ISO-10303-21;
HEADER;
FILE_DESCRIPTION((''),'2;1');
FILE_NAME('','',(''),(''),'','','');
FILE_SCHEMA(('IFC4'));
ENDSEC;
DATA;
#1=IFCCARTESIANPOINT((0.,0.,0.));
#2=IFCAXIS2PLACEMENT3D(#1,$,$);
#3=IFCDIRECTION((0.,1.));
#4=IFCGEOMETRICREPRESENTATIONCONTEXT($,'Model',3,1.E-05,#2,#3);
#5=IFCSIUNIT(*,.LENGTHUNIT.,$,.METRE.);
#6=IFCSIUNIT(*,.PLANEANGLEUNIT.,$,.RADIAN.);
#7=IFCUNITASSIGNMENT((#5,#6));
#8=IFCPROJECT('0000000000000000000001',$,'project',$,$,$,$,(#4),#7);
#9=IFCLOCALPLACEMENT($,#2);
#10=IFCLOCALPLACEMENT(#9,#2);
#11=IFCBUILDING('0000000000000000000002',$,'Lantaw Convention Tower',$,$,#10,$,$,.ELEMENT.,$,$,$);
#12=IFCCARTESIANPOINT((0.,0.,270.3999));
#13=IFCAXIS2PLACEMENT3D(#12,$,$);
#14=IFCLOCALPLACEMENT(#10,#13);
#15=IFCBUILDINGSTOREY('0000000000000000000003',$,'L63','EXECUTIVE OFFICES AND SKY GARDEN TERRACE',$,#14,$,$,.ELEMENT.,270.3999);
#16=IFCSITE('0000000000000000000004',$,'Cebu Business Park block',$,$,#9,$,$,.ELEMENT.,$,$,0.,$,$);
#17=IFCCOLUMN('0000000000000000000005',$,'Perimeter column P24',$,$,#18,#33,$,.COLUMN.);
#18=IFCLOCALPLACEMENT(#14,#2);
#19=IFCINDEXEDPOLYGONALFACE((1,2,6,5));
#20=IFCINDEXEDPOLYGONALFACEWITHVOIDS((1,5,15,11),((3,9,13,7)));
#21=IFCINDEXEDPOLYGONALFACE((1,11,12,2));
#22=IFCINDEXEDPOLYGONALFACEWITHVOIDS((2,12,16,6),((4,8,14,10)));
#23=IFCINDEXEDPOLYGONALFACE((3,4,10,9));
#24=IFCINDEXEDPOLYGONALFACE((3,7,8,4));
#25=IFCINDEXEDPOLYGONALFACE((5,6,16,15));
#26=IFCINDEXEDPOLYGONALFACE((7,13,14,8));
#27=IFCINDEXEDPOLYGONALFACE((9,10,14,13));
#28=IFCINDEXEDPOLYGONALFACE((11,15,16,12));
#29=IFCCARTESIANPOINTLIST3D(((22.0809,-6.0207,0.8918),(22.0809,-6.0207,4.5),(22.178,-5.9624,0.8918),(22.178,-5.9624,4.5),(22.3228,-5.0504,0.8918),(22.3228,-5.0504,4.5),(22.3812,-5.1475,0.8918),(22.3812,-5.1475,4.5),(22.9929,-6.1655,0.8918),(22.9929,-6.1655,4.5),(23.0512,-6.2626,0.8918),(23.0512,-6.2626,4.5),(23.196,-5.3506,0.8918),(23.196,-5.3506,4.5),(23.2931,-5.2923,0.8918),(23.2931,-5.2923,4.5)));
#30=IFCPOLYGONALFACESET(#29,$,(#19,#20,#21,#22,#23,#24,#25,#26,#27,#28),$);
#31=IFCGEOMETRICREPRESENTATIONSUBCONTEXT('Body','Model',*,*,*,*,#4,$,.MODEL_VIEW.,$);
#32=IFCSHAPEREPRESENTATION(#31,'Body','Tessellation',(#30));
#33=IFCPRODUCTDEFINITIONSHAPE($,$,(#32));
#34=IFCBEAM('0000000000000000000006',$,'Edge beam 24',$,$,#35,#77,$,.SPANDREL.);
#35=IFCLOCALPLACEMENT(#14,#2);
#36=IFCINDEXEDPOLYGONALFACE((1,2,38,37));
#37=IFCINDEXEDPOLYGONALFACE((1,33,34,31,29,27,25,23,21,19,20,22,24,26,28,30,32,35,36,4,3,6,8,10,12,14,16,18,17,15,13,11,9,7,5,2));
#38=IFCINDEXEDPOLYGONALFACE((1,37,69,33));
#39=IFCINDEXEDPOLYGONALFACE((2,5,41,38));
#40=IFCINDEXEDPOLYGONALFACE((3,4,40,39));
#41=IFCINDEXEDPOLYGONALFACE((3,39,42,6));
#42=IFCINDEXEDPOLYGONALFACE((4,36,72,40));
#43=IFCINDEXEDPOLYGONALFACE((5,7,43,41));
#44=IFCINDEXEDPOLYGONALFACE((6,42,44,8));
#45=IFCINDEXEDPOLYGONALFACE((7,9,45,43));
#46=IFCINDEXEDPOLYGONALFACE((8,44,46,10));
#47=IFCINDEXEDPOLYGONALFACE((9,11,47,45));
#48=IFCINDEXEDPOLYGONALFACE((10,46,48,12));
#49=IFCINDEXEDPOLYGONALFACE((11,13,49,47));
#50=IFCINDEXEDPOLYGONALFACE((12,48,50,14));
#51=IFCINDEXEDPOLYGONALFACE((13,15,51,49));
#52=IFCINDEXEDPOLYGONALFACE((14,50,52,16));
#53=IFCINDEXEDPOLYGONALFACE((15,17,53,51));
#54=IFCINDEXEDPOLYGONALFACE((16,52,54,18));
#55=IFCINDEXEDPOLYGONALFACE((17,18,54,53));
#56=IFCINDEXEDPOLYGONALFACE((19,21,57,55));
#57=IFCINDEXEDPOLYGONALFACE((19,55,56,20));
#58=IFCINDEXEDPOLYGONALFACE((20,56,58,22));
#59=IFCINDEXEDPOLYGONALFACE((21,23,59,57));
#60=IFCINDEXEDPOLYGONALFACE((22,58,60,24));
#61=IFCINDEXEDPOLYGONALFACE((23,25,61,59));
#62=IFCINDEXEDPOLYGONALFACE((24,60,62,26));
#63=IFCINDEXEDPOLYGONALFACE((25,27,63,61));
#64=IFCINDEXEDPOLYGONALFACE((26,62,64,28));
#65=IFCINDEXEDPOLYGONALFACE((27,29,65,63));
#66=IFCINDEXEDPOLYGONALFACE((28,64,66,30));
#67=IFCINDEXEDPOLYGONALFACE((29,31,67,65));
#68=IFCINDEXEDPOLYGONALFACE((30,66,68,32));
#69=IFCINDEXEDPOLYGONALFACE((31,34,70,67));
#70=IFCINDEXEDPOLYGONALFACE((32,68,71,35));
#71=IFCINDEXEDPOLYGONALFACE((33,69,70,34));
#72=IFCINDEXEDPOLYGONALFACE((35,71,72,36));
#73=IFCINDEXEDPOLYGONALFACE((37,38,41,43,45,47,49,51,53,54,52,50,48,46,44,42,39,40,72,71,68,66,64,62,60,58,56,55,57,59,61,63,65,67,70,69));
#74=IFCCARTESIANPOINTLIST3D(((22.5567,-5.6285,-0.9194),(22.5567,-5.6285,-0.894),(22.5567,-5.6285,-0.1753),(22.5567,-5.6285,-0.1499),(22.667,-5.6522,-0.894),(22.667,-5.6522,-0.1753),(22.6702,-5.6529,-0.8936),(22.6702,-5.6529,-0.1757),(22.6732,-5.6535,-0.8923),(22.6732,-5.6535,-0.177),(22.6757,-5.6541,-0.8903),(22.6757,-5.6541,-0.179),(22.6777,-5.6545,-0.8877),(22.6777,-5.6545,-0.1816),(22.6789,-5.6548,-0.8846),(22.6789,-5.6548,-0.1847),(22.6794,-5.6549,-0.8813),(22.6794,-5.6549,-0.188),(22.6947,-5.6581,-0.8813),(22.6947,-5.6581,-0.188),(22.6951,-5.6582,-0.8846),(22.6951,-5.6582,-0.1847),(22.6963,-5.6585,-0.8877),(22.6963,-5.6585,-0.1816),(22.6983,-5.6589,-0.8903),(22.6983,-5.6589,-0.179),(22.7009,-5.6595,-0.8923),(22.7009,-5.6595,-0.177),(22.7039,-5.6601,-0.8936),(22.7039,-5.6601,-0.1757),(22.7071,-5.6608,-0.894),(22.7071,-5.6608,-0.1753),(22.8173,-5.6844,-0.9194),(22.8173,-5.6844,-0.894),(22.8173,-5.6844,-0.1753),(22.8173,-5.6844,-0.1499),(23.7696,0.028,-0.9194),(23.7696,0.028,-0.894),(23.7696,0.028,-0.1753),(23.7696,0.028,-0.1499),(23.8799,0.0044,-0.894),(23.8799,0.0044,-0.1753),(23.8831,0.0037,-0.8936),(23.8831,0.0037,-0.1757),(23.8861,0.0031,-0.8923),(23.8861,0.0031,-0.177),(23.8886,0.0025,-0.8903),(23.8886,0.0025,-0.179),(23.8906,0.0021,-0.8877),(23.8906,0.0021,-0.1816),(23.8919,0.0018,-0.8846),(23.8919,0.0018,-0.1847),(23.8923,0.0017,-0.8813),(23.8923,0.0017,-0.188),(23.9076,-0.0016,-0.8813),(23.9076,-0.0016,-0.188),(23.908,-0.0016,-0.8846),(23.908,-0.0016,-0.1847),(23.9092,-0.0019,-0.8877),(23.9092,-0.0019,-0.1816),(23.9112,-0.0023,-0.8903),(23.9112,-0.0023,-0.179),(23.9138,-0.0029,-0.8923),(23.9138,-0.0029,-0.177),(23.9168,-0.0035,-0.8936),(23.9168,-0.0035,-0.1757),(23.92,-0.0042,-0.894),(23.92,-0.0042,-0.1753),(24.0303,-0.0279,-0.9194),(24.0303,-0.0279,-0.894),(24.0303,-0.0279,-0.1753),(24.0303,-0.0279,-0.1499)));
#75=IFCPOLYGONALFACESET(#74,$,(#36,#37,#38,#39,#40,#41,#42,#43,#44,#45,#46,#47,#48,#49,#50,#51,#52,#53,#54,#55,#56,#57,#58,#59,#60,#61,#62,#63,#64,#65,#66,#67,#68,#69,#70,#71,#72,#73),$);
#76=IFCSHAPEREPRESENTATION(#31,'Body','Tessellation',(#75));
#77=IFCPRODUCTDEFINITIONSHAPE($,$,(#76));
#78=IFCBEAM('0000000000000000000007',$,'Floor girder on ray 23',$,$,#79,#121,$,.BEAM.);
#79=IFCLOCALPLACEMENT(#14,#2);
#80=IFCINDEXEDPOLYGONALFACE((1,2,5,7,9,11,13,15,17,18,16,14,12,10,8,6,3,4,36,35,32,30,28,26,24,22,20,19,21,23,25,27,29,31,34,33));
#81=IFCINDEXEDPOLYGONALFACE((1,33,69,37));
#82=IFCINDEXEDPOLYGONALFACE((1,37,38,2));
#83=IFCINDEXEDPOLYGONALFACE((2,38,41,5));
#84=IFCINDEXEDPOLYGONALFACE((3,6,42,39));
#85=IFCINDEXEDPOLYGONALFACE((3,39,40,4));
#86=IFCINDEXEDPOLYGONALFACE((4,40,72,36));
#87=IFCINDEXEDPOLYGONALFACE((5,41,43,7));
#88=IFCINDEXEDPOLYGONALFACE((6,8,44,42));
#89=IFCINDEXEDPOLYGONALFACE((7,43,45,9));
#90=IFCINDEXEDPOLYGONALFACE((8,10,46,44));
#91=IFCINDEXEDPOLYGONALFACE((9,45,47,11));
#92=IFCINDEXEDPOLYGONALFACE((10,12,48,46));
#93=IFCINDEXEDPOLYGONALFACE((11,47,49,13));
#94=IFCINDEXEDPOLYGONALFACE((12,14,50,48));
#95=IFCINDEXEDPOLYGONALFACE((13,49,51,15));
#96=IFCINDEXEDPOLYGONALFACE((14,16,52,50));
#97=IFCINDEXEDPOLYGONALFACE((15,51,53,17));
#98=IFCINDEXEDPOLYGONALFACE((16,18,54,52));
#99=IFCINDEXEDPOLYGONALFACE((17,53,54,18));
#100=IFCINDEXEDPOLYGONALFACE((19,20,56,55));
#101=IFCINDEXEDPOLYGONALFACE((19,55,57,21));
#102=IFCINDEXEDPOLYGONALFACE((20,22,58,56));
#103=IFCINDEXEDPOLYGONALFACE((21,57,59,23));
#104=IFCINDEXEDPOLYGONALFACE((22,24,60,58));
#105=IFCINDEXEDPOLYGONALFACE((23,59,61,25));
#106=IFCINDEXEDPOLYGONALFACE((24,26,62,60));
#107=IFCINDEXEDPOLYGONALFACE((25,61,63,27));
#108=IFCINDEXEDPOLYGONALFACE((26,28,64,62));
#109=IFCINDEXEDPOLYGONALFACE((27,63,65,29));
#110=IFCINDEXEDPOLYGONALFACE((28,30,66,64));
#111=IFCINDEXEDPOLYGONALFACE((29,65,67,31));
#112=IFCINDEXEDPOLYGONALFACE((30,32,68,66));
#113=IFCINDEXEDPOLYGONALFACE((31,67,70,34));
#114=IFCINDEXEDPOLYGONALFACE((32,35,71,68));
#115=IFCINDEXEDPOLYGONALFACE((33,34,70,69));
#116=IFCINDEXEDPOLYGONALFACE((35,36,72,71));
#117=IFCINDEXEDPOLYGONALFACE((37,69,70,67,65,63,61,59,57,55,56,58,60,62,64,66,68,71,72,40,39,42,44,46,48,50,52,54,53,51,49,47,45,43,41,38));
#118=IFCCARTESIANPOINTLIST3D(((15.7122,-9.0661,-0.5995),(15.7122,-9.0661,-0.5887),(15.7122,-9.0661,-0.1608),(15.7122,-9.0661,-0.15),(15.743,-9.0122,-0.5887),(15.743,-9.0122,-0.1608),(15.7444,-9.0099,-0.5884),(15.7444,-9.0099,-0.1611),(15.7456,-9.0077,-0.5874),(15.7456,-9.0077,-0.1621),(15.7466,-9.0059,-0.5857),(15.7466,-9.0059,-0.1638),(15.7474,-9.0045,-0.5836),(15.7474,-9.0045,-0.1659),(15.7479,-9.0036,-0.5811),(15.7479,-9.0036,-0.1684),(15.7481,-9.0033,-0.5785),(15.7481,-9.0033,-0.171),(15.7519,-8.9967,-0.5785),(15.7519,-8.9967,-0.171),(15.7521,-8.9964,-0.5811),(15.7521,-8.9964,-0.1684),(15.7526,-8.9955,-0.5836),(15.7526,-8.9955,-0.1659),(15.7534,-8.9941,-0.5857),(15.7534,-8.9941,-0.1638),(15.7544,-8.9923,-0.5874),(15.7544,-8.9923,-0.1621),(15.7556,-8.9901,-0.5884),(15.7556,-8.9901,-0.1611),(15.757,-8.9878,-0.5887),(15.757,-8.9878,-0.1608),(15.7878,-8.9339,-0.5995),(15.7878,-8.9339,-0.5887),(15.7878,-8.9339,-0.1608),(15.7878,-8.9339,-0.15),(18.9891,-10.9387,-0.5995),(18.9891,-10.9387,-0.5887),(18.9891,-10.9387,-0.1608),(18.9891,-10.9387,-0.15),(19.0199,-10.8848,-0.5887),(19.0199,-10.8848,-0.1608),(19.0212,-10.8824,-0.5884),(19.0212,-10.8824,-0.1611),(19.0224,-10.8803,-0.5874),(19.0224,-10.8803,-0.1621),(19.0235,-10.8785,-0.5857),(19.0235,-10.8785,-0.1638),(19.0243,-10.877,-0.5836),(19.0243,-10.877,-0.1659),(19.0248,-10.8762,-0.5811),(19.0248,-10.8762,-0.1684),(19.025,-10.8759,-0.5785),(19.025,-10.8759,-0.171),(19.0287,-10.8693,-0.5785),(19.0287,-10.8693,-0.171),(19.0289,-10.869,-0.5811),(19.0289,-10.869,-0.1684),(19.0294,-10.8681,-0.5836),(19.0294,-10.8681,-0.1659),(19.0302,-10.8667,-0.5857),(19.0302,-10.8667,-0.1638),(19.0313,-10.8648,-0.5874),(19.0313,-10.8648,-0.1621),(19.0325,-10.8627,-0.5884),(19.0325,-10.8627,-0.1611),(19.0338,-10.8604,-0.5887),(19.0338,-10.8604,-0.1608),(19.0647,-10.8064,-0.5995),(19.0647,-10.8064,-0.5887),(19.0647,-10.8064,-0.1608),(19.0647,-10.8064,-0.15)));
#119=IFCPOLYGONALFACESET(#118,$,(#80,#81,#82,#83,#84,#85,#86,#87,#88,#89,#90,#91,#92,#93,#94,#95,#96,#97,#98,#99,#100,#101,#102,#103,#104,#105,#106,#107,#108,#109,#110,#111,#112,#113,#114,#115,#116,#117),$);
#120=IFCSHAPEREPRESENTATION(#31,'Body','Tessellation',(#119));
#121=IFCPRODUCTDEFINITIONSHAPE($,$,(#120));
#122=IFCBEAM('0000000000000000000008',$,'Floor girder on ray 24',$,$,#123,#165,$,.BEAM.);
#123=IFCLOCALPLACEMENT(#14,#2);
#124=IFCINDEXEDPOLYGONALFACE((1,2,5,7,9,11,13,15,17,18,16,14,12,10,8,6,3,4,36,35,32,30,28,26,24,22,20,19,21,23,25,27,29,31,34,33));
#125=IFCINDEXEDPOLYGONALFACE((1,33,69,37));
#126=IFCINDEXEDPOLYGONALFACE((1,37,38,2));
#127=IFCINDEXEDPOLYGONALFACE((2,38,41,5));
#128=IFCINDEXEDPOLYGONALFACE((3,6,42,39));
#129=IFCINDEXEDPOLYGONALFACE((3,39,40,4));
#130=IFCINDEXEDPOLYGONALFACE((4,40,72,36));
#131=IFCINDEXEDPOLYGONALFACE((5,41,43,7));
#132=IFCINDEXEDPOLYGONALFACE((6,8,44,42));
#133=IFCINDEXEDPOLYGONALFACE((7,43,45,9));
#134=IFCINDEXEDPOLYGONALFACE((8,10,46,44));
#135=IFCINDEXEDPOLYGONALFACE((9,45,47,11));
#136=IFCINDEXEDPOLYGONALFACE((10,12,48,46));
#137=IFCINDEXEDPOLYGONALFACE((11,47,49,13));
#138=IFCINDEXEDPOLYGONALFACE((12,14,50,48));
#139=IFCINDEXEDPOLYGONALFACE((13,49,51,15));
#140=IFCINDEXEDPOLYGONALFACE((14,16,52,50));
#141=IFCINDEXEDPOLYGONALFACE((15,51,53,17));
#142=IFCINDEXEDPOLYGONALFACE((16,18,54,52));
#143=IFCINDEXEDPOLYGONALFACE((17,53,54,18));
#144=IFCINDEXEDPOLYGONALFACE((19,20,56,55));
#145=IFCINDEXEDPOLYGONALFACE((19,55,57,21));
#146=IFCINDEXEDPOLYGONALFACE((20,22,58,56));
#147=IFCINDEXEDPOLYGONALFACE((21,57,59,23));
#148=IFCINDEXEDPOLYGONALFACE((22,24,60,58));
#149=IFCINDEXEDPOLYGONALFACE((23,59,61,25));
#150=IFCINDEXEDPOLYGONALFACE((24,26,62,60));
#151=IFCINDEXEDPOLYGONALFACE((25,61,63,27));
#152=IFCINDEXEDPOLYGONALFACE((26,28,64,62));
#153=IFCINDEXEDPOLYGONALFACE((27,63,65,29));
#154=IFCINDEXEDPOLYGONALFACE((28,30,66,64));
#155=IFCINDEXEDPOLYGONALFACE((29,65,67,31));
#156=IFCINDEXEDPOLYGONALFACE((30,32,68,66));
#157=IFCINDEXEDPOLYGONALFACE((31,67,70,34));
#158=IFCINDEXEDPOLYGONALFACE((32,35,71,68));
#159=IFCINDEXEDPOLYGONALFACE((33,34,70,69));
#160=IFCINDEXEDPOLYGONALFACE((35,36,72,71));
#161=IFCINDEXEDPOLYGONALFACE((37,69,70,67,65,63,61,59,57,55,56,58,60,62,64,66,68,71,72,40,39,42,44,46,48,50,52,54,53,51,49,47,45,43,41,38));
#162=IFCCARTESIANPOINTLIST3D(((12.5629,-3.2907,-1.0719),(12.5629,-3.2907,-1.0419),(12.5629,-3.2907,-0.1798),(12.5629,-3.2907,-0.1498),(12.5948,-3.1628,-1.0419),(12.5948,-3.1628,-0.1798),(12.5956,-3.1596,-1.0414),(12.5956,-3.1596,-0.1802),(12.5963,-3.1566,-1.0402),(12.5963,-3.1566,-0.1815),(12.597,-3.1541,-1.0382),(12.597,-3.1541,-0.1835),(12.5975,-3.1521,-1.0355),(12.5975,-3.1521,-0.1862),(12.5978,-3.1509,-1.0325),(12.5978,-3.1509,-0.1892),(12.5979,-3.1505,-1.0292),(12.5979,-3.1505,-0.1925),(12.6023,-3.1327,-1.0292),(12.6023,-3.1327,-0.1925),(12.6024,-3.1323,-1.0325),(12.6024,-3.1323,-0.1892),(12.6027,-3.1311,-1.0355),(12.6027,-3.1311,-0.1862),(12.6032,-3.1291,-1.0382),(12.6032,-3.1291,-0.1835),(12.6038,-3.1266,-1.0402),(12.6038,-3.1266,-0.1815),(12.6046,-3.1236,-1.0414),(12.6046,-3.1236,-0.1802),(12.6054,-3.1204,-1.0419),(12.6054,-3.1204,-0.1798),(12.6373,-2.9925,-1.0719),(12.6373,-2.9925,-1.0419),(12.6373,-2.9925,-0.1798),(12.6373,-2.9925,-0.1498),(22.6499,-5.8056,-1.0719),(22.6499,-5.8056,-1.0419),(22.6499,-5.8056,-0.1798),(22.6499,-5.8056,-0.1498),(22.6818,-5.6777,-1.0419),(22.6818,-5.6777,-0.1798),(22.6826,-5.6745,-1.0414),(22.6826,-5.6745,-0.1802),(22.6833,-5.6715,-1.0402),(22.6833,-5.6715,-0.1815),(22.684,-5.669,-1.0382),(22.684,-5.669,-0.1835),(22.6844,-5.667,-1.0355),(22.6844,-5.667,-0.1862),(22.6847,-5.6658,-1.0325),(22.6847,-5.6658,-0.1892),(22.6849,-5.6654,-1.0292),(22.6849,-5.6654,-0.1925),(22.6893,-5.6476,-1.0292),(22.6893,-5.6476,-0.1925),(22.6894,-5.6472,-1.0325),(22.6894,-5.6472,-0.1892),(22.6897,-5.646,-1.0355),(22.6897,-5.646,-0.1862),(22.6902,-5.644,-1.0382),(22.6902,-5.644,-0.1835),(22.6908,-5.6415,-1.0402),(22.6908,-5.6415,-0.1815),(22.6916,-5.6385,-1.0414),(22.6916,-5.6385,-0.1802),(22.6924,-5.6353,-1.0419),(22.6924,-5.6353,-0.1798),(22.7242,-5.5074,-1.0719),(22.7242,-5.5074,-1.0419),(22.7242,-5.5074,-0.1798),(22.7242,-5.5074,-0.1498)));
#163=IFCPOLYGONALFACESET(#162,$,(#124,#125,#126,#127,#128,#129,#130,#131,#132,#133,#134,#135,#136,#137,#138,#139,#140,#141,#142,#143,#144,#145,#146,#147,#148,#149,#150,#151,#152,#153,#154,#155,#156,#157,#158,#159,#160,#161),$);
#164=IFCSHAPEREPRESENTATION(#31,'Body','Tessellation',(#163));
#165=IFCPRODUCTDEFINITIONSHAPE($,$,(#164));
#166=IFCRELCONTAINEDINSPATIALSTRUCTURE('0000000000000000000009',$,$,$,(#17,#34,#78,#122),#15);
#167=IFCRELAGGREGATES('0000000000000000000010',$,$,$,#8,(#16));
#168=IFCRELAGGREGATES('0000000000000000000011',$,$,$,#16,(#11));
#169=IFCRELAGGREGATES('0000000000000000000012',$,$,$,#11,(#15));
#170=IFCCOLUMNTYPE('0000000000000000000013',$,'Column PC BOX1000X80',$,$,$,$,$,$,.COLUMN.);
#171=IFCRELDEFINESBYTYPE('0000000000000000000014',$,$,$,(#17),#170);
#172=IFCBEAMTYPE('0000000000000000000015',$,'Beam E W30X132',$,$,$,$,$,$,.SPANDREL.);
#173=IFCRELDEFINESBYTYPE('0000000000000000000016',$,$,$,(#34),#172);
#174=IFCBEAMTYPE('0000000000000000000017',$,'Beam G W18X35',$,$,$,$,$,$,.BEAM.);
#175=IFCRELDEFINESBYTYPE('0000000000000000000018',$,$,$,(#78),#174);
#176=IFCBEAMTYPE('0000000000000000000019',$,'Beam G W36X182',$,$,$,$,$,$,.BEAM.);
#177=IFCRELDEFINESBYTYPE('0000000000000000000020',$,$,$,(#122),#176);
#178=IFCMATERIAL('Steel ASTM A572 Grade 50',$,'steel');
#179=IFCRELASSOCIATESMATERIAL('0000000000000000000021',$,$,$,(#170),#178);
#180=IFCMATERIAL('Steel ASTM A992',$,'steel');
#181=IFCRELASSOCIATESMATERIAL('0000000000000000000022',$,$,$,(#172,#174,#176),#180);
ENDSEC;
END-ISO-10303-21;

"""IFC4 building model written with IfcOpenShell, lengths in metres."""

from ifc_helpers import new_model, si_unit, direction, frame, origin, origin_2d, place, context, subcontext, project, spatial, rectangle, hollow_rectangle, i_section, extrude, material, material_profile, profile_set, type_object, element, save


model = new_model("IFC4")

# Units and contexts
model_context = context("Model", 3, precision=1e-05, world=origin(), true_north=direction((0.0, 1.0)))
body_context = subcontext(model_context, "Body", "Model", "MODEL_VIEW")
ifc_project = project(units=[si_unit("LENGTHUNIT", "METRE"), si_unit("PLANEANGLEUNIT", "RADIAN")], contexts=[model_context])

# Site, building, storey
site_placement = place(None, origin())
site = spatial("IfcSite", under=ifc_project, at=site_placement, Name="Cebu Business Park block", CompositionType="ELEMENT", RefElevation=0.0)
building_placement = place(site_placement, origin())
building = spatial("IfcBuilding", under=site, at=building_placement, Name="Lantaw Convention Tower", CompositionType="ELEMENT")
storey_placement = place(building_placement, frame((0.0, 0.0, 270.3999)))
storey = spatial("IfcBuildingStorey", under=building, at=storey_placement, Name="L63", Description="EXECUTIVE OFFICES AND SKY GARDEN TERRACE", CompositionType="ELEMENT", Elevation=270.3999)

# Column
ifc_material_1 = material(Name="Steel ASTM A572 Grade 50", Category="steel")
ifc_material_profile_1 = material_profile(ifc_material_1, hollow_rectangle(XDim=1.0, YDim=1.0, WallThickness=0.0801, at=origin_2d()), Name="BOX1000X80")
ifc_material_2 = material(Name="Concrete C60/75", Category="concrete")
ifc_material_profile_2 = material_profile(ifc_material_2, rectangle(XDim=0.8401, YDim=0.8401, at=origin_2d()), Name="Concrete fill of BOX1000X80")
ifc_profile_set_1 = profile_set([ifc_material_profile_1, ifc_material_profile_2], Name="Steel ASTM A572 Grade 50")
column_type = type_object("IfcColumnType", Name="Column PC BOX1000X80", PredefinedType="COLUMN", material=ifc_profile_set_1)
column_placement = place(storey_placement, frame((22.687, -5.6565, 0.8918), z_axis=(0.0, 0.0, 1.0), x_axis=(0.241922, 0.970296, 0.0)))
element("IfcColumn", 1, at=column_placement, inside=storey, type_object=column_type, Name="Perimeter column P24", PredefinedType="COLUMN", context=body_context, shape_type="SweptSolid", body=[
    extrude(hollow_rectangle(XDim=1.0, YDim=1.0, WallThickness=0.0801, at=origin_2d()), origin(), (0.0, 0.0, 1.0), 3.6082),
])

# Beams
ifc_material_3 = material(Name="Steel ASTM A992", Category="steel")
ifc_material_profile_3 = material_profile(ifc_material_3, i_section(OverallWidth=0.2666, OverallDepth=0.7695, WebThickness=0.0156, FlangeThickness=0.0254, FilletRadius=0.0127, at=origin_2d()), Name="W30X132")
ifc_profile_set_2 = profile_set([ifc_material_profile_3], Name="Steel ASTM A992")
beam_type_1 = type_object("IfcBeamType", Name="Beam E W30X132", PredefinedType="SPANDREL", material=ifc_profile_set_2)
beam_1_placement = place(storey_placement, frame((22.687, -5.6565, -0.5347), z_axis=(0.209659, 0.977775, 0.0), x_axis=(-0.977775, 0.209659, 0.0)))
element("IfcBeam", 2, at=beam_1_placement, inside=storey, type_object=beam_type_1, Name="Edge beam 24", PredefinedType="SPANDREL", context=body_context, shape_type="SweptSolid", body=[
    extrude(i_section(OverallWidth=0.2666, OverallDepth=0.7695, WebThickness=0.0156, FlangeThickness=0.0254, FilletRadius=0.0127, at=origin_2d()), origin(), (0.0, 0.0, 1.0), 5.7852),
])
ifc_material_profile_4 = material_profile(ifc_material_3, i_section(OverallWidth=0.1523, OverallDepth=0.4495, WebThickness=0.0076, FlangeThickness=0.0107, FilletRadius=0.0103, at=origin_2d()), Name="W18X35")
ifc_profile_set_3 = profile_set([ifc_material_profile_4], Name="Steel ASTM A992")
beam_type_2 = type_object("IfcBeamType", Name="Beam G W18X35", PredefinedType="BEAM", material=ifc_profile_set_3)
beam_2_placement = place(storey_placement, frame((15.75, -9.0, -0.3748), z_axis=(0.868235, -0.496153, 0.0), x_axis=(0.496153, 0.868235, 0.0)))
element("IfcBeam", 3, at=beam_2_placement, inside=storey, type_object=beam_type_2, Name="Floor girder on ray 23", PredefinedType="BEAM", context=body_context, shape_type="SweptSolid", body=[
    extrude(i_section(OverallWidth=0.1523, OverallDepth=0.4495, WebThickness=0.0076, FlangeThickness=0.0107, FilletRadius=0.0103, at=origin_2d()), origin(), (0.0, 0.0, 1.0), 3.7742),
])
ifc_material_profile_5 = material_profile(ifc_material_3, i_section(OverallWidth=0.3074, OverallDepth=0.9221, WebThickness=0.0183, FlangeThickness=0.03, FilletRadius=0.0127, at=origin_2d()), Name="W36X182")
ifc_profile_set_4 = profile_set([ifc_material_profile_5], Name="Steel ASTM A992")
beam_type_3 = type_object("IfcBeamType", Name="Beam G W36X182", PredefinedType="BEAM", material=ifc_profile_set_4)
beam_3_placement = place(storey_placement, frame((12.6001, -3.1416, -0.6108), z_axis=(0.970297, -0.241917, 0.0), x_axis=(0.241917, 0.970297, 0.0)))
element("IfcBeam", 4, at=beam_3_placement, inside=storey, type_object=beam_type_3, Name="Floor girder on ray 24", PredefinedType="BEAM", context=body_context, shape_type="SweptSolid", body=[
    extrude(i_section(OverallWidth=0.3074, OverallDepth=0.9221, WebThickness=0.0183, FlangeThickness=0.03, FilletRadius=0.0127, at=origin_2d()), origin(), (0.0, 0.0, 1.0), 10.3958),
])

save(model, "model.ifc")
